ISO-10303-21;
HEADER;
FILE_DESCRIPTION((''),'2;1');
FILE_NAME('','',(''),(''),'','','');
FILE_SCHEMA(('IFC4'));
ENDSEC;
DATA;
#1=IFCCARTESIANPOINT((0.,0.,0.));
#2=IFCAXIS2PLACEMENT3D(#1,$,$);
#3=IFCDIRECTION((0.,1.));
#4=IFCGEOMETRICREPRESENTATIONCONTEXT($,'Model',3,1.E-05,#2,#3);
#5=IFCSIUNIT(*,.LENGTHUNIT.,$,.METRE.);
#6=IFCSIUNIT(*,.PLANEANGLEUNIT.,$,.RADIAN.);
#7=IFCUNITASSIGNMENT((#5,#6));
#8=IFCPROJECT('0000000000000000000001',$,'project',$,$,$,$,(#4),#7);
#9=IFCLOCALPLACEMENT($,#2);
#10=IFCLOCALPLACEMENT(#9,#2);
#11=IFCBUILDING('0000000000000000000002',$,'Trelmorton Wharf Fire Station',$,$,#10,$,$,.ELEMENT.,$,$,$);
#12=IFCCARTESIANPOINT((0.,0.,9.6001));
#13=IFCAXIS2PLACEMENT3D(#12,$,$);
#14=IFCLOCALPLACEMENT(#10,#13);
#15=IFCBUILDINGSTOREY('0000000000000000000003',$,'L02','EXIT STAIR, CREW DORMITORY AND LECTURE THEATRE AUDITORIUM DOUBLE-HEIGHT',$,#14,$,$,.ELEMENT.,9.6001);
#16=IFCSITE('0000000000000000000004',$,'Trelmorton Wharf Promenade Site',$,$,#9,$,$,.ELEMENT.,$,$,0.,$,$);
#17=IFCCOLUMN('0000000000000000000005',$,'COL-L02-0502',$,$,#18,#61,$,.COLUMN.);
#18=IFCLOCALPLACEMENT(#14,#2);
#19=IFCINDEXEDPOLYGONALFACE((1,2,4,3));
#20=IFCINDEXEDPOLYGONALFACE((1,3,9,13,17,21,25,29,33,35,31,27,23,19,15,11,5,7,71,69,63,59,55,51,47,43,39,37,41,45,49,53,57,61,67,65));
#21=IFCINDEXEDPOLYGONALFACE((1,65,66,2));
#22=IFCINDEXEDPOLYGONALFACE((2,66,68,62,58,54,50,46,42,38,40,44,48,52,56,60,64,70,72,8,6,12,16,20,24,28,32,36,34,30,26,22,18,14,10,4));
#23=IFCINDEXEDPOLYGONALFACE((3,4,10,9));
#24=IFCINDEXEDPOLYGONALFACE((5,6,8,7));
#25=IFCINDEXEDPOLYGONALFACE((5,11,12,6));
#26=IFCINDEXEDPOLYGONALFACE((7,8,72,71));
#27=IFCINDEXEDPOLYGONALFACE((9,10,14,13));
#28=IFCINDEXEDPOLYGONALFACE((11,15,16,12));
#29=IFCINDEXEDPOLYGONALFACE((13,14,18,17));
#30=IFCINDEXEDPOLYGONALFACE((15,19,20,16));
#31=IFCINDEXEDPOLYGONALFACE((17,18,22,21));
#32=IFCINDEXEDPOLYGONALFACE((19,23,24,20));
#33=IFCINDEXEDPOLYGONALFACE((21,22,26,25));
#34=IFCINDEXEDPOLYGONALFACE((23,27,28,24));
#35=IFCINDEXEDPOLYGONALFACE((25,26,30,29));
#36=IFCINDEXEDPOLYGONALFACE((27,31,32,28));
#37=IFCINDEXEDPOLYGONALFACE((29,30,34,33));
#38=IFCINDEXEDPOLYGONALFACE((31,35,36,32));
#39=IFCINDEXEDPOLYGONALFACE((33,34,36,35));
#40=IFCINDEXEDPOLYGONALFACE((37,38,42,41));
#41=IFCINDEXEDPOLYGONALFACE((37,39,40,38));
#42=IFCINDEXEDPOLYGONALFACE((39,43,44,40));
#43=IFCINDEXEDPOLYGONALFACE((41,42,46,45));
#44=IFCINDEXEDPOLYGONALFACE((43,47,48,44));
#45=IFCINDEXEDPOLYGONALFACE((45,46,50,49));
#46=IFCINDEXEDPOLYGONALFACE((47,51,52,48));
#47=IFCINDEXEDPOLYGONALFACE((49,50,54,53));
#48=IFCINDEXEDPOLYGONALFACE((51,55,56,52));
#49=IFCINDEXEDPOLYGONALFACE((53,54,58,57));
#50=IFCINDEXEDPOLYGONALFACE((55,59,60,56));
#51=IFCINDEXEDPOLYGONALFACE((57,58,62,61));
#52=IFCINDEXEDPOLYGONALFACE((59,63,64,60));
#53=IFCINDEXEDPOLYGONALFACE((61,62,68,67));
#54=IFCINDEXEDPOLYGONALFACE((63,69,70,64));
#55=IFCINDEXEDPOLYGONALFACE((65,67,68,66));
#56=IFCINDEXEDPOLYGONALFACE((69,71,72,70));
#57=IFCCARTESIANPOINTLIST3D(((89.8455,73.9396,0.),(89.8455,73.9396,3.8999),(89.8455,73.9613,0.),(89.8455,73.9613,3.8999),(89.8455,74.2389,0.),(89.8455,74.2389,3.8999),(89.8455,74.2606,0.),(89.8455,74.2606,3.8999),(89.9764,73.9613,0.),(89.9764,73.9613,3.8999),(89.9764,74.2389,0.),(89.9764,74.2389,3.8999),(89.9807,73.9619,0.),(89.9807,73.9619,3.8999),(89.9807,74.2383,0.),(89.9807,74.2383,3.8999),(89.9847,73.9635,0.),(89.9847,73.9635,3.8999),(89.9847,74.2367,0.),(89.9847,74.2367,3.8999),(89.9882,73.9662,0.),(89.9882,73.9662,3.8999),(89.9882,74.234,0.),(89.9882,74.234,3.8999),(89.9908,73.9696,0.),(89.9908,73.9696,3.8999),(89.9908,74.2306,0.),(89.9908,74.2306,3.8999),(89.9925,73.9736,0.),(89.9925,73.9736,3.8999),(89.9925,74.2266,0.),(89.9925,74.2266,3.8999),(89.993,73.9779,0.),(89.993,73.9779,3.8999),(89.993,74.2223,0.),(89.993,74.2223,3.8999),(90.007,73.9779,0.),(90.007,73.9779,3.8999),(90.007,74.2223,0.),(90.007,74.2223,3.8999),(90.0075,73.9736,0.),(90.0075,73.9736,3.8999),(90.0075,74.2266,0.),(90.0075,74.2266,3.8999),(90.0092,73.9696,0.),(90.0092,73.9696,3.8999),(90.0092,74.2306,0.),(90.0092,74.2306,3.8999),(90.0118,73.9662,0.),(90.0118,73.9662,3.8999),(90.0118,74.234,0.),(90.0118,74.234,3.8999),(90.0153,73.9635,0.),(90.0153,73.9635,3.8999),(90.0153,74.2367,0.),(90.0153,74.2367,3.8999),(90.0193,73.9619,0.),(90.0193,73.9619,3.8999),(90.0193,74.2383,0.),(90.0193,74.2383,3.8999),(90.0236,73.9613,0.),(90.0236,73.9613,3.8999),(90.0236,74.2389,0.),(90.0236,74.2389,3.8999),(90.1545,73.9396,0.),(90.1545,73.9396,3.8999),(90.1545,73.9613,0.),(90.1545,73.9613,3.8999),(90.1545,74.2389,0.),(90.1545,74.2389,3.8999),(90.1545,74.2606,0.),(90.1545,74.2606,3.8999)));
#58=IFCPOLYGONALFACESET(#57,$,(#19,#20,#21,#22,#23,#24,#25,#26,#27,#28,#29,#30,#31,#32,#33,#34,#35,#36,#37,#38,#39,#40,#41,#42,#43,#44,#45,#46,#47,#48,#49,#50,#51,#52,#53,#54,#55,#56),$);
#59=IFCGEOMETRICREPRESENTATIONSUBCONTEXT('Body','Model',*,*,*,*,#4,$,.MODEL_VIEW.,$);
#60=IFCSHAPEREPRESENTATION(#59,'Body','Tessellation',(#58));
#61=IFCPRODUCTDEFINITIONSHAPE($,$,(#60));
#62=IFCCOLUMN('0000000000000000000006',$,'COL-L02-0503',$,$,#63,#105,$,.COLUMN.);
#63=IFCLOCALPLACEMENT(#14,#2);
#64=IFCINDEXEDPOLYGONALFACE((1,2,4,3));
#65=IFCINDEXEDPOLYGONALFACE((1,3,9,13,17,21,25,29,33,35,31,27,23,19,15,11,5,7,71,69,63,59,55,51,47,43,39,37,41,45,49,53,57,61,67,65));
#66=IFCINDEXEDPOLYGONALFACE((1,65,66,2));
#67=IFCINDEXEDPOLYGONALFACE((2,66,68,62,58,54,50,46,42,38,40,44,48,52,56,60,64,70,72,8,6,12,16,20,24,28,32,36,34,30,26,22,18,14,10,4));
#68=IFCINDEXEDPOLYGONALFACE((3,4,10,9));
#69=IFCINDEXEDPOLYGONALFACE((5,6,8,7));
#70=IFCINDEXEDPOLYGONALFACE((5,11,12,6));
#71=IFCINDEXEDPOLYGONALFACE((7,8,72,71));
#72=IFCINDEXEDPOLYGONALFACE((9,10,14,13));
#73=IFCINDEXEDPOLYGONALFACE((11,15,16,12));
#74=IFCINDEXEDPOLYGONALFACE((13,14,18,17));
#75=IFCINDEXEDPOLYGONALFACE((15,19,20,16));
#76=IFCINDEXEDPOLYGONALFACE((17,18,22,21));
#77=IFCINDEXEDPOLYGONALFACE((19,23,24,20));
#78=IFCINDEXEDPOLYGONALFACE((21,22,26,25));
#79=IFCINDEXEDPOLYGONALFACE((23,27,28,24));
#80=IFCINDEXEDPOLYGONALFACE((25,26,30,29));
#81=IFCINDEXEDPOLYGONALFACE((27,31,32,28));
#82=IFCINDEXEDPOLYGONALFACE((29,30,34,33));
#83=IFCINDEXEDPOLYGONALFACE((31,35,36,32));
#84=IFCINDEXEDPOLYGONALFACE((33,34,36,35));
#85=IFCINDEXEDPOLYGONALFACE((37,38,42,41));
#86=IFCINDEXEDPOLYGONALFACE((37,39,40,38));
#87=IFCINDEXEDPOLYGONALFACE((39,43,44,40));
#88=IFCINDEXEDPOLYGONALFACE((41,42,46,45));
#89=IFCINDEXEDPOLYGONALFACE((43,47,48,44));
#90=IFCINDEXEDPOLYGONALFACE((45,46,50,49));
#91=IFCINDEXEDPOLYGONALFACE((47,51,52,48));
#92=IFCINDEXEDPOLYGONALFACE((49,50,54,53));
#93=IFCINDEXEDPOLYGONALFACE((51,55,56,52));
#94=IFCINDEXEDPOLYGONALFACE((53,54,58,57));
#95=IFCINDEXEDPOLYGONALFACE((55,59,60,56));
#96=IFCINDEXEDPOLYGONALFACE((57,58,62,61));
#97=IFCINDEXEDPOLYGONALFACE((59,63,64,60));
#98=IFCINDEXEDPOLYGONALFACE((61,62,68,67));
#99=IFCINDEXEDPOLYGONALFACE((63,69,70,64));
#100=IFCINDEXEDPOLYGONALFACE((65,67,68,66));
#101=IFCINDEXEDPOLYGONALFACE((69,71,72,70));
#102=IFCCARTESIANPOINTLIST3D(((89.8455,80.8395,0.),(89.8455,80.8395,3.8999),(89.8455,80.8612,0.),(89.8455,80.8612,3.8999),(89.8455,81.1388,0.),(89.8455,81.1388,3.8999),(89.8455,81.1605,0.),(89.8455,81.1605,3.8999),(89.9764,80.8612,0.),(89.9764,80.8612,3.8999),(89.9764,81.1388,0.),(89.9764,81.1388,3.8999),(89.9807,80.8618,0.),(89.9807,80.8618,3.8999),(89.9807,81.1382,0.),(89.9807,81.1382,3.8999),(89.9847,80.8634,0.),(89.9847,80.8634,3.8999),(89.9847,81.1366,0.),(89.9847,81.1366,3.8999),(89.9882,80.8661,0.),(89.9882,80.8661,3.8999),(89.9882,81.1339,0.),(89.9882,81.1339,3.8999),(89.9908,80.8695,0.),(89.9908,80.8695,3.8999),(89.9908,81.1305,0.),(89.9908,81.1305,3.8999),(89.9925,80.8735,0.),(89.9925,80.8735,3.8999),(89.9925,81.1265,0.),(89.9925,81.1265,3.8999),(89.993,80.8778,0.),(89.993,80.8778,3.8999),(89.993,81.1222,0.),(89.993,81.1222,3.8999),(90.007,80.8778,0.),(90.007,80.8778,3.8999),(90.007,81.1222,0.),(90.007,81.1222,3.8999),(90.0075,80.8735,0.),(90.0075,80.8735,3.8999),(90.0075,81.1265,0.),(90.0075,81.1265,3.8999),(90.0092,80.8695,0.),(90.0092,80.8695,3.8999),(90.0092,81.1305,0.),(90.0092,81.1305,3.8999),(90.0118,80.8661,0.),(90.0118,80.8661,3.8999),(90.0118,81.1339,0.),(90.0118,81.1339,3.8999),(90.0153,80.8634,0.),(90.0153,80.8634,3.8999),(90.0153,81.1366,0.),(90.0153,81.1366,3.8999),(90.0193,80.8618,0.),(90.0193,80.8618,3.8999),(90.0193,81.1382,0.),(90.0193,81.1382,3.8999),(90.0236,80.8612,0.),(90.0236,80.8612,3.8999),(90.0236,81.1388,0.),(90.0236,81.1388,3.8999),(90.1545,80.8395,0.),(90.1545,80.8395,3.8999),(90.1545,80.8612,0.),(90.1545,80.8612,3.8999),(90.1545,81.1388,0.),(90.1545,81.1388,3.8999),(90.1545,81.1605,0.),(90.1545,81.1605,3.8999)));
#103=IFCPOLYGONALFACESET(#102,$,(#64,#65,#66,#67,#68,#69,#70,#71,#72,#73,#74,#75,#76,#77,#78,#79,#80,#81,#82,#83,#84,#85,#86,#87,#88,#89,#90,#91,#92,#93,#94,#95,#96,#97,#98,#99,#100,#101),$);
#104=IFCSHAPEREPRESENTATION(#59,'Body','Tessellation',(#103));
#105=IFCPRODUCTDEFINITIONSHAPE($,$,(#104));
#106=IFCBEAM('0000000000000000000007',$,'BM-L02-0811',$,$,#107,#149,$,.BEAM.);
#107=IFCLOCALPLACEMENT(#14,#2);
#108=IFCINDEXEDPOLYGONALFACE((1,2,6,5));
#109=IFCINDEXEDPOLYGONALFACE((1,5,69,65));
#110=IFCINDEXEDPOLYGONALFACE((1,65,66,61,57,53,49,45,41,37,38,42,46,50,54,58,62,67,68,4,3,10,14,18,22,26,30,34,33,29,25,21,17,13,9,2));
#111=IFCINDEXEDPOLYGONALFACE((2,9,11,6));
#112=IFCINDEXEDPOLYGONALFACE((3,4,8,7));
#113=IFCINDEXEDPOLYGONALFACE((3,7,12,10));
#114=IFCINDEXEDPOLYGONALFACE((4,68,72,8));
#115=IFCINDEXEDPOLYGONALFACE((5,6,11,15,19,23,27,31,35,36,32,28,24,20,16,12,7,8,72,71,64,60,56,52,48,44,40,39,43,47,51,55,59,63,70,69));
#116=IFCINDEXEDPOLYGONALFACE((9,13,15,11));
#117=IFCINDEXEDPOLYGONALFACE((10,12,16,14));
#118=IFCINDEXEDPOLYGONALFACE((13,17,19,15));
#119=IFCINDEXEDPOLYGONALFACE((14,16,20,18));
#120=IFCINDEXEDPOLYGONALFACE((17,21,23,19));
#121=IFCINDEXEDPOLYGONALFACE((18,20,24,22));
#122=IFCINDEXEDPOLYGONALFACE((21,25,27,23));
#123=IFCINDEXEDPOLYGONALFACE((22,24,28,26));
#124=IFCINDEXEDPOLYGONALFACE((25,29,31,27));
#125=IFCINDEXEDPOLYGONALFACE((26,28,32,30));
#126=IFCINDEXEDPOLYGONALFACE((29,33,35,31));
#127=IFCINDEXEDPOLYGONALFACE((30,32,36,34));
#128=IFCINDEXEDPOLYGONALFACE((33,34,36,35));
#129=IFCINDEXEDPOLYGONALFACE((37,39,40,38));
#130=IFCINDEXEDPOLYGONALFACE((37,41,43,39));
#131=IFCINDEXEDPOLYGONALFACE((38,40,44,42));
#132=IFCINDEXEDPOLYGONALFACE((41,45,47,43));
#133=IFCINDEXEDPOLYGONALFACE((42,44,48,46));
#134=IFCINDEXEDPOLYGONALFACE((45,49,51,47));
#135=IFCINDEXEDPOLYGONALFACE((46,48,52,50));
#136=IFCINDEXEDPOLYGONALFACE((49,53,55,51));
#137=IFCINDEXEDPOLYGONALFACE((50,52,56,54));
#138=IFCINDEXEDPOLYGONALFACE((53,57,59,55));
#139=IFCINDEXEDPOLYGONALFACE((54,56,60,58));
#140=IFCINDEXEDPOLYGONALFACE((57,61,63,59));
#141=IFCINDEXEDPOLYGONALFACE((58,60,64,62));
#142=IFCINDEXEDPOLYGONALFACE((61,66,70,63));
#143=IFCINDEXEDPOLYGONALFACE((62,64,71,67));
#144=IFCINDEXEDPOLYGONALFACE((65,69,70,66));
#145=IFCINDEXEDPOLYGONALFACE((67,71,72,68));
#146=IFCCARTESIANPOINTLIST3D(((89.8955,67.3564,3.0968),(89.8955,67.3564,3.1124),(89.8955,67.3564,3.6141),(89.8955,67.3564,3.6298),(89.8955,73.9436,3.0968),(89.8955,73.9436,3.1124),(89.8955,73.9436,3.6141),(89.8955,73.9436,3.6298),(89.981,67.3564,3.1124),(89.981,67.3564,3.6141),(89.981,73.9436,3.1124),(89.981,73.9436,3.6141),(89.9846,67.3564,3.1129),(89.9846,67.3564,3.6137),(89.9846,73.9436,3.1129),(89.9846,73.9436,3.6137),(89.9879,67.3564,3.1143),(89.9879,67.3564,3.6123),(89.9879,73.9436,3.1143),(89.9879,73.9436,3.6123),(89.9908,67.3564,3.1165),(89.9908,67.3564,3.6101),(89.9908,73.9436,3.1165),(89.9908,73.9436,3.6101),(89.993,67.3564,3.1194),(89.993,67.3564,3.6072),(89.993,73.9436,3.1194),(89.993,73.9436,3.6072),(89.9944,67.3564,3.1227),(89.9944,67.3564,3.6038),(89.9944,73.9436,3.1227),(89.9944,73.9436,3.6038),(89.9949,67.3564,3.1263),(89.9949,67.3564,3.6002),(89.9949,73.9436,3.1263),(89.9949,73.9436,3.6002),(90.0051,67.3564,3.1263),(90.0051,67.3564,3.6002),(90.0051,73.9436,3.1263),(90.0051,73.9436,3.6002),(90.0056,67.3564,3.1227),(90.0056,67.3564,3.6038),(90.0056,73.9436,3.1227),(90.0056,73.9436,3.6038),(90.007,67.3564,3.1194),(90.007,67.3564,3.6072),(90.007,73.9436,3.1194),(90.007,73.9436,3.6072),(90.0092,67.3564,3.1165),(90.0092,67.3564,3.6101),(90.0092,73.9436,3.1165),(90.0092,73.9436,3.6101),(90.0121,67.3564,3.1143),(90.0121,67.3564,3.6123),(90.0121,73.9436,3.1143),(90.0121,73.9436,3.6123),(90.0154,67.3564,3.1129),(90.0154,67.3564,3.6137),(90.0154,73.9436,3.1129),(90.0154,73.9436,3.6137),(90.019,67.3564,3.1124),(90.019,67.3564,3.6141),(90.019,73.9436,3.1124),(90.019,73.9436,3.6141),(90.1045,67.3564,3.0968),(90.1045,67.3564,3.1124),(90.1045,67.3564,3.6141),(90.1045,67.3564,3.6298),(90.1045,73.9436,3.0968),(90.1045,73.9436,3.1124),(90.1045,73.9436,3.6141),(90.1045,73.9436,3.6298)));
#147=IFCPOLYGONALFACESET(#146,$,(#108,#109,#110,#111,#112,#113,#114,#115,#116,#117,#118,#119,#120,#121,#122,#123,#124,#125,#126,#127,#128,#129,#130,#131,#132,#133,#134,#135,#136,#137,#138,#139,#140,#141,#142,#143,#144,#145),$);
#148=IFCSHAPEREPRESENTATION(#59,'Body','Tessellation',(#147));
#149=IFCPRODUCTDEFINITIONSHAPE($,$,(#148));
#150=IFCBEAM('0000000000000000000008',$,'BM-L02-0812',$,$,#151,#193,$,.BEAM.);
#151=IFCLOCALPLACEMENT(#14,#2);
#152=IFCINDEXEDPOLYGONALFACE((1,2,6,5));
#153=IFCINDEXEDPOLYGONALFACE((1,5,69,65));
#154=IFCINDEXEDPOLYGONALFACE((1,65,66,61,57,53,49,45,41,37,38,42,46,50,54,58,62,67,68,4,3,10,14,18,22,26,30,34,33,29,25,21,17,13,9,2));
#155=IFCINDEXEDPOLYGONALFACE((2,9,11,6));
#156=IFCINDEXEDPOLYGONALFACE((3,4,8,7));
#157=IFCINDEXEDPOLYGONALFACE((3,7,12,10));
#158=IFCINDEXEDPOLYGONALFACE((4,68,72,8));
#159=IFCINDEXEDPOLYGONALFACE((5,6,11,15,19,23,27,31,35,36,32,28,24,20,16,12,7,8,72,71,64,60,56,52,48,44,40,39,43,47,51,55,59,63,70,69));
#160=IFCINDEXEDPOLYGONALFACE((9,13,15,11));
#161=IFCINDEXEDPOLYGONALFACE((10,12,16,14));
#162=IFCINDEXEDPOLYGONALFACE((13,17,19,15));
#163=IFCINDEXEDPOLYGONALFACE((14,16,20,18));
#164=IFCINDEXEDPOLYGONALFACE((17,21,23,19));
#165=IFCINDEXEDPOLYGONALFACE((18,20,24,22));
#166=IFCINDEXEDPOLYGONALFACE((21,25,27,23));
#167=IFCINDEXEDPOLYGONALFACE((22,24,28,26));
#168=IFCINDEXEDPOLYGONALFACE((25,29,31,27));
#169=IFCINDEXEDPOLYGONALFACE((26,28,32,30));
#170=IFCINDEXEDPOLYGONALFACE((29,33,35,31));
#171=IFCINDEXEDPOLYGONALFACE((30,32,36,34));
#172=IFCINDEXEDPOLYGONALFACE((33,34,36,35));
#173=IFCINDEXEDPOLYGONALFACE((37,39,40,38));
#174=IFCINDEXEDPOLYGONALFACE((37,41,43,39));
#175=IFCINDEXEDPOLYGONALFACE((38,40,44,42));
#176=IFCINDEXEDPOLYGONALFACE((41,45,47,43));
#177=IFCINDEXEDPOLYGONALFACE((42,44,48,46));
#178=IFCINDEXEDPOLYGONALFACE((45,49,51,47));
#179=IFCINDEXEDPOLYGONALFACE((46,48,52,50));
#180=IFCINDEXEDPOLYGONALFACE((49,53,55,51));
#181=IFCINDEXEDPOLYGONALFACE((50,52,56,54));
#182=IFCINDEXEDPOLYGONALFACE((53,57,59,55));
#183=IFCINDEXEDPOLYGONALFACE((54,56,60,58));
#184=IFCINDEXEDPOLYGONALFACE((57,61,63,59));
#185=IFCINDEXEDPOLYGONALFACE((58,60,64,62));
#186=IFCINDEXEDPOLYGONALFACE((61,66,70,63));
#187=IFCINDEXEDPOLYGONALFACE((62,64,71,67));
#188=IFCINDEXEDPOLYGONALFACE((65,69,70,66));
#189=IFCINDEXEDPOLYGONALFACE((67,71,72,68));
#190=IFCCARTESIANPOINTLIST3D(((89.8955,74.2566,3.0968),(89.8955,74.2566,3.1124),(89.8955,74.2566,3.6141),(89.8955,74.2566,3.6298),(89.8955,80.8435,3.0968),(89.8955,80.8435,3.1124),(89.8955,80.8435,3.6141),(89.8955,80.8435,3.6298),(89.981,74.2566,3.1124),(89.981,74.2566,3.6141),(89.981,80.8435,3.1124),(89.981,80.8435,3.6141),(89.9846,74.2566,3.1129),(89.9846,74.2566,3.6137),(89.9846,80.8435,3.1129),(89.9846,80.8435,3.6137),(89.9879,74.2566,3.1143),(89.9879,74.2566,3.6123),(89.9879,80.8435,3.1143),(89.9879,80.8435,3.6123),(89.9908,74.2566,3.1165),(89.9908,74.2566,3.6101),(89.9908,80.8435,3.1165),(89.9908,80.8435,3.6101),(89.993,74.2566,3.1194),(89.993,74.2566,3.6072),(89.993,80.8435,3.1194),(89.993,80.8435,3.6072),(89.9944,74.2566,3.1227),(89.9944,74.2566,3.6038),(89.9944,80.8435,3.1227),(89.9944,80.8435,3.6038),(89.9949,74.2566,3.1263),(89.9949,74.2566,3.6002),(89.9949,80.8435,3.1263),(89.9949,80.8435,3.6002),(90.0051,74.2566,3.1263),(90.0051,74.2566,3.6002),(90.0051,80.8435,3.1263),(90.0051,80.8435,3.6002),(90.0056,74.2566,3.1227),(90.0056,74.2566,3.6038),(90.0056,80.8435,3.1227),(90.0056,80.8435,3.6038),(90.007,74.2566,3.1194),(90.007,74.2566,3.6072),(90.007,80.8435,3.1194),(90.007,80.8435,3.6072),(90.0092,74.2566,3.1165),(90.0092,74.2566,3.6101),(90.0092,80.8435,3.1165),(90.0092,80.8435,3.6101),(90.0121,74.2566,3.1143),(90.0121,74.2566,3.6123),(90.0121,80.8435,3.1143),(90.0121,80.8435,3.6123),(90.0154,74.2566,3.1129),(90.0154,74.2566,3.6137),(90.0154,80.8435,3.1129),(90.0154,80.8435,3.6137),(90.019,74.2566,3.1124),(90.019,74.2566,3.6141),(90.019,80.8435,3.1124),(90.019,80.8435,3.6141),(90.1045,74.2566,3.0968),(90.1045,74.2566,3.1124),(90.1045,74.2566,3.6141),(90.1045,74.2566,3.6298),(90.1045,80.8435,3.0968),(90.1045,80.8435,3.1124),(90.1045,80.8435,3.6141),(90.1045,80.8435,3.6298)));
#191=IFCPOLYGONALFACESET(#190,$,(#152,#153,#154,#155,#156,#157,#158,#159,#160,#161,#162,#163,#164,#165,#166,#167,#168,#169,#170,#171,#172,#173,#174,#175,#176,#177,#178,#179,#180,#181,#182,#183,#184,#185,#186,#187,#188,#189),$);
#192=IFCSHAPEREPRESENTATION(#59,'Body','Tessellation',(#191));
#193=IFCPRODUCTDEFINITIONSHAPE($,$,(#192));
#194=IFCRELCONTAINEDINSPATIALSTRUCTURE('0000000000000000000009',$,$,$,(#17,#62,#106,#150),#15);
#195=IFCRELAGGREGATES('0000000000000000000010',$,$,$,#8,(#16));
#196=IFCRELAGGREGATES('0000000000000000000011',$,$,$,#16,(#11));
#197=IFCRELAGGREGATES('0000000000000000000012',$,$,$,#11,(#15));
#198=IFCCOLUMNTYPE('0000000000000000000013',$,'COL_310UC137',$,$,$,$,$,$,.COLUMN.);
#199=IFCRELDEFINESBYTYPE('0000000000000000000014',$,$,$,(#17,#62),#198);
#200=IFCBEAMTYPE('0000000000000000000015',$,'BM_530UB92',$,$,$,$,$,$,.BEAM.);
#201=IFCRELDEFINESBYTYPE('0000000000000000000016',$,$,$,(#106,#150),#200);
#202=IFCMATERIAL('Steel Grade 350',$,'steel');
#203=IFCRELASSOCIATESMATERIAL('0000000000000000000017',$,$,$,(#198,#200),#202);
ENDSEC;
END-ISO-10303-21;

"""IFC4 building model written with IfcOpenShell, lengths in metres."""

from ifc_helpers import new_model, si_unit, direction, frame, origin, origin_2d, place, context, subcontext, project, spatial, i_section, extrude, material, material_profile, profile_set, type_object, element, save


model = new_model("IFC4")

# Units and contexts
model_context = context("Model", 3, precision=1e-05, world=origin(), true_north=direction((0.0, 1.0)))
body_context = subcontext(model_context, "Body", "Model", "MODEL_VIEW")
ifc_project = project(units=[si_unit("LENGTHUNIT", "METRE"), si_unit("PLANEANGLEUNIT", "RADIAN")], contexts=[model_context])

# Site, building, storey
site_placement = place(None, origin())
site = spatial("IfcSite", under=ifc_project, at=site_placement, Name="Trelmorton Wharf Promenade Site", CompositionType="ELEMENT", RefElevation=0.0)
building_placement = place(site_placement, origin())
building = spatial("IfcBuilding", under=site, at=building_placement, Name="Trelmorton Wharf Fire Station", CompositionType="ELEMENT")
storey_placement = place(building_placement, frame((0.0, 0.0, 9.6001)))
storey = spatial("IfcBuildingStorey", under=building, at=storey_placement, Name="L02", Description="EXIT STAIR, CREW DORMITORY AND LECTURE THEATRE AUDITORIUM DOUBLE-HEIGHT", CompositionType="ELEMENT", Elevation=9.6001)

# Columns
ifc_material_1 = material(Name="Steel Grade 350", Category="steel")
ifc_material_profile_1 = material_profile(ifc_material_1, i_section(OverallWidth=0.3091, OverallDepth=0.321, WebThickness=0.0139, FlangeThickness=0.0217, FilletRadius=0.0166, at=origin_2d()), Name="310UC137")
ifc_profile_set_1 = profile_set([ifc_material_profile_1], Name="Steel Grade 350")
column_type_1 = type_object("IfcColumnType", Name="COL_310UC137", PredefinedType="COLUMN", material=ifc_profile_set_1)
for number, where, z_axis, x_axis, name in (
    (1, (90.0, 74.1001, 0.0), (0.0, 0.0, 1.0), (1.0, 0.0, 0.0), "COL-L02-0502"),
    (2, (90.0, 81.0, 0.0), (0.0, 0.0, 1.0), (1.0, 0.0, 0.0), "COL-L02-0503"),
):
    element("IfcColumn", number, at=place(storey_placement, frame(where, z_axis=z_axis, x_axis=x_axis)), inside=storey, type_object=column_type_1, Name=name, PredefinedType="COLUMN", context=body_context, shape_type="SweptSolid", body=[
        extrude(i_section(OverallWidth=0.3091, OverallDepth=0.321, WebThickness=0.0139, FlangeThickness=0.0217, FilletRadius=0.0166, at=origin_2d()), origin(), (0.0, 0.0, 1.0), 3.8999),
    ])

# Beams
ifc_material_profile_2 = material_profile(ifc_material_1, i_section(OverallWidth=0.209, OverallDepth=0.533, WebThickness=0.0103, FlangeThickness=0.0156, FilletRadius=0.0139, at=origin_2d()), Name="530UB92.4")
ifc_profile_set_2 = profile_set([ifc_material_profile_2], Name="Steel Grade 350")
beam_type_1 = type_object("IfcBeamType", Name="BM_530UB92", PredefinedType="BEAM", material=ifc_profile_set_2)
beam_1_placement = place(storey_placement, frame((90.0, 67.3564, 3.3633), z_axis=(0.0, 1.0, 0.0), x_axis=(-1.0, 0.0, 0.0)))
element("IfcBeam", 3, at=beam_1_placement, inside=storey, type_object=beam_type_1, Name="BM-L02-0811", PredefinedType="BEAM", context=body_context, shape_type="SweptSolid", body=[
    extrude(i_section(OverallWidth=0.209, OverallDepth=0.533, WebThickness=0.0103, FlangeThickness=0.0156, FilletRadius=0.0139, at=origin_2d()), origin(), (0.0, 0.0, 1.0), 6.5872),
])
beam_2_placement = place(storey_placement, frame((90.0, 74.2566, 3.3633), z_axis=(0.0, 1.0, 0.0), x_axis=(-1.0, 0.0, 0.0)))
element("IfcBeam", 4, at=beam_2_placement, inside=storey, type_object=beam_type_1, Name="BM-L02-0812", PredefinedType="BEAM", context=body_context, shape_type="SweptSolid", body=[
    extrude(i_section(OverallWidth=0.209, OverallDepth=0.533, WebThickness=0.0103, FlangeThickness=0.0156, FilletRadius=0.0139, at=origin_2d()), origin(), (0.0, 0.0, 1.0), 6.5869),
])

save(model, "model.ifc")
